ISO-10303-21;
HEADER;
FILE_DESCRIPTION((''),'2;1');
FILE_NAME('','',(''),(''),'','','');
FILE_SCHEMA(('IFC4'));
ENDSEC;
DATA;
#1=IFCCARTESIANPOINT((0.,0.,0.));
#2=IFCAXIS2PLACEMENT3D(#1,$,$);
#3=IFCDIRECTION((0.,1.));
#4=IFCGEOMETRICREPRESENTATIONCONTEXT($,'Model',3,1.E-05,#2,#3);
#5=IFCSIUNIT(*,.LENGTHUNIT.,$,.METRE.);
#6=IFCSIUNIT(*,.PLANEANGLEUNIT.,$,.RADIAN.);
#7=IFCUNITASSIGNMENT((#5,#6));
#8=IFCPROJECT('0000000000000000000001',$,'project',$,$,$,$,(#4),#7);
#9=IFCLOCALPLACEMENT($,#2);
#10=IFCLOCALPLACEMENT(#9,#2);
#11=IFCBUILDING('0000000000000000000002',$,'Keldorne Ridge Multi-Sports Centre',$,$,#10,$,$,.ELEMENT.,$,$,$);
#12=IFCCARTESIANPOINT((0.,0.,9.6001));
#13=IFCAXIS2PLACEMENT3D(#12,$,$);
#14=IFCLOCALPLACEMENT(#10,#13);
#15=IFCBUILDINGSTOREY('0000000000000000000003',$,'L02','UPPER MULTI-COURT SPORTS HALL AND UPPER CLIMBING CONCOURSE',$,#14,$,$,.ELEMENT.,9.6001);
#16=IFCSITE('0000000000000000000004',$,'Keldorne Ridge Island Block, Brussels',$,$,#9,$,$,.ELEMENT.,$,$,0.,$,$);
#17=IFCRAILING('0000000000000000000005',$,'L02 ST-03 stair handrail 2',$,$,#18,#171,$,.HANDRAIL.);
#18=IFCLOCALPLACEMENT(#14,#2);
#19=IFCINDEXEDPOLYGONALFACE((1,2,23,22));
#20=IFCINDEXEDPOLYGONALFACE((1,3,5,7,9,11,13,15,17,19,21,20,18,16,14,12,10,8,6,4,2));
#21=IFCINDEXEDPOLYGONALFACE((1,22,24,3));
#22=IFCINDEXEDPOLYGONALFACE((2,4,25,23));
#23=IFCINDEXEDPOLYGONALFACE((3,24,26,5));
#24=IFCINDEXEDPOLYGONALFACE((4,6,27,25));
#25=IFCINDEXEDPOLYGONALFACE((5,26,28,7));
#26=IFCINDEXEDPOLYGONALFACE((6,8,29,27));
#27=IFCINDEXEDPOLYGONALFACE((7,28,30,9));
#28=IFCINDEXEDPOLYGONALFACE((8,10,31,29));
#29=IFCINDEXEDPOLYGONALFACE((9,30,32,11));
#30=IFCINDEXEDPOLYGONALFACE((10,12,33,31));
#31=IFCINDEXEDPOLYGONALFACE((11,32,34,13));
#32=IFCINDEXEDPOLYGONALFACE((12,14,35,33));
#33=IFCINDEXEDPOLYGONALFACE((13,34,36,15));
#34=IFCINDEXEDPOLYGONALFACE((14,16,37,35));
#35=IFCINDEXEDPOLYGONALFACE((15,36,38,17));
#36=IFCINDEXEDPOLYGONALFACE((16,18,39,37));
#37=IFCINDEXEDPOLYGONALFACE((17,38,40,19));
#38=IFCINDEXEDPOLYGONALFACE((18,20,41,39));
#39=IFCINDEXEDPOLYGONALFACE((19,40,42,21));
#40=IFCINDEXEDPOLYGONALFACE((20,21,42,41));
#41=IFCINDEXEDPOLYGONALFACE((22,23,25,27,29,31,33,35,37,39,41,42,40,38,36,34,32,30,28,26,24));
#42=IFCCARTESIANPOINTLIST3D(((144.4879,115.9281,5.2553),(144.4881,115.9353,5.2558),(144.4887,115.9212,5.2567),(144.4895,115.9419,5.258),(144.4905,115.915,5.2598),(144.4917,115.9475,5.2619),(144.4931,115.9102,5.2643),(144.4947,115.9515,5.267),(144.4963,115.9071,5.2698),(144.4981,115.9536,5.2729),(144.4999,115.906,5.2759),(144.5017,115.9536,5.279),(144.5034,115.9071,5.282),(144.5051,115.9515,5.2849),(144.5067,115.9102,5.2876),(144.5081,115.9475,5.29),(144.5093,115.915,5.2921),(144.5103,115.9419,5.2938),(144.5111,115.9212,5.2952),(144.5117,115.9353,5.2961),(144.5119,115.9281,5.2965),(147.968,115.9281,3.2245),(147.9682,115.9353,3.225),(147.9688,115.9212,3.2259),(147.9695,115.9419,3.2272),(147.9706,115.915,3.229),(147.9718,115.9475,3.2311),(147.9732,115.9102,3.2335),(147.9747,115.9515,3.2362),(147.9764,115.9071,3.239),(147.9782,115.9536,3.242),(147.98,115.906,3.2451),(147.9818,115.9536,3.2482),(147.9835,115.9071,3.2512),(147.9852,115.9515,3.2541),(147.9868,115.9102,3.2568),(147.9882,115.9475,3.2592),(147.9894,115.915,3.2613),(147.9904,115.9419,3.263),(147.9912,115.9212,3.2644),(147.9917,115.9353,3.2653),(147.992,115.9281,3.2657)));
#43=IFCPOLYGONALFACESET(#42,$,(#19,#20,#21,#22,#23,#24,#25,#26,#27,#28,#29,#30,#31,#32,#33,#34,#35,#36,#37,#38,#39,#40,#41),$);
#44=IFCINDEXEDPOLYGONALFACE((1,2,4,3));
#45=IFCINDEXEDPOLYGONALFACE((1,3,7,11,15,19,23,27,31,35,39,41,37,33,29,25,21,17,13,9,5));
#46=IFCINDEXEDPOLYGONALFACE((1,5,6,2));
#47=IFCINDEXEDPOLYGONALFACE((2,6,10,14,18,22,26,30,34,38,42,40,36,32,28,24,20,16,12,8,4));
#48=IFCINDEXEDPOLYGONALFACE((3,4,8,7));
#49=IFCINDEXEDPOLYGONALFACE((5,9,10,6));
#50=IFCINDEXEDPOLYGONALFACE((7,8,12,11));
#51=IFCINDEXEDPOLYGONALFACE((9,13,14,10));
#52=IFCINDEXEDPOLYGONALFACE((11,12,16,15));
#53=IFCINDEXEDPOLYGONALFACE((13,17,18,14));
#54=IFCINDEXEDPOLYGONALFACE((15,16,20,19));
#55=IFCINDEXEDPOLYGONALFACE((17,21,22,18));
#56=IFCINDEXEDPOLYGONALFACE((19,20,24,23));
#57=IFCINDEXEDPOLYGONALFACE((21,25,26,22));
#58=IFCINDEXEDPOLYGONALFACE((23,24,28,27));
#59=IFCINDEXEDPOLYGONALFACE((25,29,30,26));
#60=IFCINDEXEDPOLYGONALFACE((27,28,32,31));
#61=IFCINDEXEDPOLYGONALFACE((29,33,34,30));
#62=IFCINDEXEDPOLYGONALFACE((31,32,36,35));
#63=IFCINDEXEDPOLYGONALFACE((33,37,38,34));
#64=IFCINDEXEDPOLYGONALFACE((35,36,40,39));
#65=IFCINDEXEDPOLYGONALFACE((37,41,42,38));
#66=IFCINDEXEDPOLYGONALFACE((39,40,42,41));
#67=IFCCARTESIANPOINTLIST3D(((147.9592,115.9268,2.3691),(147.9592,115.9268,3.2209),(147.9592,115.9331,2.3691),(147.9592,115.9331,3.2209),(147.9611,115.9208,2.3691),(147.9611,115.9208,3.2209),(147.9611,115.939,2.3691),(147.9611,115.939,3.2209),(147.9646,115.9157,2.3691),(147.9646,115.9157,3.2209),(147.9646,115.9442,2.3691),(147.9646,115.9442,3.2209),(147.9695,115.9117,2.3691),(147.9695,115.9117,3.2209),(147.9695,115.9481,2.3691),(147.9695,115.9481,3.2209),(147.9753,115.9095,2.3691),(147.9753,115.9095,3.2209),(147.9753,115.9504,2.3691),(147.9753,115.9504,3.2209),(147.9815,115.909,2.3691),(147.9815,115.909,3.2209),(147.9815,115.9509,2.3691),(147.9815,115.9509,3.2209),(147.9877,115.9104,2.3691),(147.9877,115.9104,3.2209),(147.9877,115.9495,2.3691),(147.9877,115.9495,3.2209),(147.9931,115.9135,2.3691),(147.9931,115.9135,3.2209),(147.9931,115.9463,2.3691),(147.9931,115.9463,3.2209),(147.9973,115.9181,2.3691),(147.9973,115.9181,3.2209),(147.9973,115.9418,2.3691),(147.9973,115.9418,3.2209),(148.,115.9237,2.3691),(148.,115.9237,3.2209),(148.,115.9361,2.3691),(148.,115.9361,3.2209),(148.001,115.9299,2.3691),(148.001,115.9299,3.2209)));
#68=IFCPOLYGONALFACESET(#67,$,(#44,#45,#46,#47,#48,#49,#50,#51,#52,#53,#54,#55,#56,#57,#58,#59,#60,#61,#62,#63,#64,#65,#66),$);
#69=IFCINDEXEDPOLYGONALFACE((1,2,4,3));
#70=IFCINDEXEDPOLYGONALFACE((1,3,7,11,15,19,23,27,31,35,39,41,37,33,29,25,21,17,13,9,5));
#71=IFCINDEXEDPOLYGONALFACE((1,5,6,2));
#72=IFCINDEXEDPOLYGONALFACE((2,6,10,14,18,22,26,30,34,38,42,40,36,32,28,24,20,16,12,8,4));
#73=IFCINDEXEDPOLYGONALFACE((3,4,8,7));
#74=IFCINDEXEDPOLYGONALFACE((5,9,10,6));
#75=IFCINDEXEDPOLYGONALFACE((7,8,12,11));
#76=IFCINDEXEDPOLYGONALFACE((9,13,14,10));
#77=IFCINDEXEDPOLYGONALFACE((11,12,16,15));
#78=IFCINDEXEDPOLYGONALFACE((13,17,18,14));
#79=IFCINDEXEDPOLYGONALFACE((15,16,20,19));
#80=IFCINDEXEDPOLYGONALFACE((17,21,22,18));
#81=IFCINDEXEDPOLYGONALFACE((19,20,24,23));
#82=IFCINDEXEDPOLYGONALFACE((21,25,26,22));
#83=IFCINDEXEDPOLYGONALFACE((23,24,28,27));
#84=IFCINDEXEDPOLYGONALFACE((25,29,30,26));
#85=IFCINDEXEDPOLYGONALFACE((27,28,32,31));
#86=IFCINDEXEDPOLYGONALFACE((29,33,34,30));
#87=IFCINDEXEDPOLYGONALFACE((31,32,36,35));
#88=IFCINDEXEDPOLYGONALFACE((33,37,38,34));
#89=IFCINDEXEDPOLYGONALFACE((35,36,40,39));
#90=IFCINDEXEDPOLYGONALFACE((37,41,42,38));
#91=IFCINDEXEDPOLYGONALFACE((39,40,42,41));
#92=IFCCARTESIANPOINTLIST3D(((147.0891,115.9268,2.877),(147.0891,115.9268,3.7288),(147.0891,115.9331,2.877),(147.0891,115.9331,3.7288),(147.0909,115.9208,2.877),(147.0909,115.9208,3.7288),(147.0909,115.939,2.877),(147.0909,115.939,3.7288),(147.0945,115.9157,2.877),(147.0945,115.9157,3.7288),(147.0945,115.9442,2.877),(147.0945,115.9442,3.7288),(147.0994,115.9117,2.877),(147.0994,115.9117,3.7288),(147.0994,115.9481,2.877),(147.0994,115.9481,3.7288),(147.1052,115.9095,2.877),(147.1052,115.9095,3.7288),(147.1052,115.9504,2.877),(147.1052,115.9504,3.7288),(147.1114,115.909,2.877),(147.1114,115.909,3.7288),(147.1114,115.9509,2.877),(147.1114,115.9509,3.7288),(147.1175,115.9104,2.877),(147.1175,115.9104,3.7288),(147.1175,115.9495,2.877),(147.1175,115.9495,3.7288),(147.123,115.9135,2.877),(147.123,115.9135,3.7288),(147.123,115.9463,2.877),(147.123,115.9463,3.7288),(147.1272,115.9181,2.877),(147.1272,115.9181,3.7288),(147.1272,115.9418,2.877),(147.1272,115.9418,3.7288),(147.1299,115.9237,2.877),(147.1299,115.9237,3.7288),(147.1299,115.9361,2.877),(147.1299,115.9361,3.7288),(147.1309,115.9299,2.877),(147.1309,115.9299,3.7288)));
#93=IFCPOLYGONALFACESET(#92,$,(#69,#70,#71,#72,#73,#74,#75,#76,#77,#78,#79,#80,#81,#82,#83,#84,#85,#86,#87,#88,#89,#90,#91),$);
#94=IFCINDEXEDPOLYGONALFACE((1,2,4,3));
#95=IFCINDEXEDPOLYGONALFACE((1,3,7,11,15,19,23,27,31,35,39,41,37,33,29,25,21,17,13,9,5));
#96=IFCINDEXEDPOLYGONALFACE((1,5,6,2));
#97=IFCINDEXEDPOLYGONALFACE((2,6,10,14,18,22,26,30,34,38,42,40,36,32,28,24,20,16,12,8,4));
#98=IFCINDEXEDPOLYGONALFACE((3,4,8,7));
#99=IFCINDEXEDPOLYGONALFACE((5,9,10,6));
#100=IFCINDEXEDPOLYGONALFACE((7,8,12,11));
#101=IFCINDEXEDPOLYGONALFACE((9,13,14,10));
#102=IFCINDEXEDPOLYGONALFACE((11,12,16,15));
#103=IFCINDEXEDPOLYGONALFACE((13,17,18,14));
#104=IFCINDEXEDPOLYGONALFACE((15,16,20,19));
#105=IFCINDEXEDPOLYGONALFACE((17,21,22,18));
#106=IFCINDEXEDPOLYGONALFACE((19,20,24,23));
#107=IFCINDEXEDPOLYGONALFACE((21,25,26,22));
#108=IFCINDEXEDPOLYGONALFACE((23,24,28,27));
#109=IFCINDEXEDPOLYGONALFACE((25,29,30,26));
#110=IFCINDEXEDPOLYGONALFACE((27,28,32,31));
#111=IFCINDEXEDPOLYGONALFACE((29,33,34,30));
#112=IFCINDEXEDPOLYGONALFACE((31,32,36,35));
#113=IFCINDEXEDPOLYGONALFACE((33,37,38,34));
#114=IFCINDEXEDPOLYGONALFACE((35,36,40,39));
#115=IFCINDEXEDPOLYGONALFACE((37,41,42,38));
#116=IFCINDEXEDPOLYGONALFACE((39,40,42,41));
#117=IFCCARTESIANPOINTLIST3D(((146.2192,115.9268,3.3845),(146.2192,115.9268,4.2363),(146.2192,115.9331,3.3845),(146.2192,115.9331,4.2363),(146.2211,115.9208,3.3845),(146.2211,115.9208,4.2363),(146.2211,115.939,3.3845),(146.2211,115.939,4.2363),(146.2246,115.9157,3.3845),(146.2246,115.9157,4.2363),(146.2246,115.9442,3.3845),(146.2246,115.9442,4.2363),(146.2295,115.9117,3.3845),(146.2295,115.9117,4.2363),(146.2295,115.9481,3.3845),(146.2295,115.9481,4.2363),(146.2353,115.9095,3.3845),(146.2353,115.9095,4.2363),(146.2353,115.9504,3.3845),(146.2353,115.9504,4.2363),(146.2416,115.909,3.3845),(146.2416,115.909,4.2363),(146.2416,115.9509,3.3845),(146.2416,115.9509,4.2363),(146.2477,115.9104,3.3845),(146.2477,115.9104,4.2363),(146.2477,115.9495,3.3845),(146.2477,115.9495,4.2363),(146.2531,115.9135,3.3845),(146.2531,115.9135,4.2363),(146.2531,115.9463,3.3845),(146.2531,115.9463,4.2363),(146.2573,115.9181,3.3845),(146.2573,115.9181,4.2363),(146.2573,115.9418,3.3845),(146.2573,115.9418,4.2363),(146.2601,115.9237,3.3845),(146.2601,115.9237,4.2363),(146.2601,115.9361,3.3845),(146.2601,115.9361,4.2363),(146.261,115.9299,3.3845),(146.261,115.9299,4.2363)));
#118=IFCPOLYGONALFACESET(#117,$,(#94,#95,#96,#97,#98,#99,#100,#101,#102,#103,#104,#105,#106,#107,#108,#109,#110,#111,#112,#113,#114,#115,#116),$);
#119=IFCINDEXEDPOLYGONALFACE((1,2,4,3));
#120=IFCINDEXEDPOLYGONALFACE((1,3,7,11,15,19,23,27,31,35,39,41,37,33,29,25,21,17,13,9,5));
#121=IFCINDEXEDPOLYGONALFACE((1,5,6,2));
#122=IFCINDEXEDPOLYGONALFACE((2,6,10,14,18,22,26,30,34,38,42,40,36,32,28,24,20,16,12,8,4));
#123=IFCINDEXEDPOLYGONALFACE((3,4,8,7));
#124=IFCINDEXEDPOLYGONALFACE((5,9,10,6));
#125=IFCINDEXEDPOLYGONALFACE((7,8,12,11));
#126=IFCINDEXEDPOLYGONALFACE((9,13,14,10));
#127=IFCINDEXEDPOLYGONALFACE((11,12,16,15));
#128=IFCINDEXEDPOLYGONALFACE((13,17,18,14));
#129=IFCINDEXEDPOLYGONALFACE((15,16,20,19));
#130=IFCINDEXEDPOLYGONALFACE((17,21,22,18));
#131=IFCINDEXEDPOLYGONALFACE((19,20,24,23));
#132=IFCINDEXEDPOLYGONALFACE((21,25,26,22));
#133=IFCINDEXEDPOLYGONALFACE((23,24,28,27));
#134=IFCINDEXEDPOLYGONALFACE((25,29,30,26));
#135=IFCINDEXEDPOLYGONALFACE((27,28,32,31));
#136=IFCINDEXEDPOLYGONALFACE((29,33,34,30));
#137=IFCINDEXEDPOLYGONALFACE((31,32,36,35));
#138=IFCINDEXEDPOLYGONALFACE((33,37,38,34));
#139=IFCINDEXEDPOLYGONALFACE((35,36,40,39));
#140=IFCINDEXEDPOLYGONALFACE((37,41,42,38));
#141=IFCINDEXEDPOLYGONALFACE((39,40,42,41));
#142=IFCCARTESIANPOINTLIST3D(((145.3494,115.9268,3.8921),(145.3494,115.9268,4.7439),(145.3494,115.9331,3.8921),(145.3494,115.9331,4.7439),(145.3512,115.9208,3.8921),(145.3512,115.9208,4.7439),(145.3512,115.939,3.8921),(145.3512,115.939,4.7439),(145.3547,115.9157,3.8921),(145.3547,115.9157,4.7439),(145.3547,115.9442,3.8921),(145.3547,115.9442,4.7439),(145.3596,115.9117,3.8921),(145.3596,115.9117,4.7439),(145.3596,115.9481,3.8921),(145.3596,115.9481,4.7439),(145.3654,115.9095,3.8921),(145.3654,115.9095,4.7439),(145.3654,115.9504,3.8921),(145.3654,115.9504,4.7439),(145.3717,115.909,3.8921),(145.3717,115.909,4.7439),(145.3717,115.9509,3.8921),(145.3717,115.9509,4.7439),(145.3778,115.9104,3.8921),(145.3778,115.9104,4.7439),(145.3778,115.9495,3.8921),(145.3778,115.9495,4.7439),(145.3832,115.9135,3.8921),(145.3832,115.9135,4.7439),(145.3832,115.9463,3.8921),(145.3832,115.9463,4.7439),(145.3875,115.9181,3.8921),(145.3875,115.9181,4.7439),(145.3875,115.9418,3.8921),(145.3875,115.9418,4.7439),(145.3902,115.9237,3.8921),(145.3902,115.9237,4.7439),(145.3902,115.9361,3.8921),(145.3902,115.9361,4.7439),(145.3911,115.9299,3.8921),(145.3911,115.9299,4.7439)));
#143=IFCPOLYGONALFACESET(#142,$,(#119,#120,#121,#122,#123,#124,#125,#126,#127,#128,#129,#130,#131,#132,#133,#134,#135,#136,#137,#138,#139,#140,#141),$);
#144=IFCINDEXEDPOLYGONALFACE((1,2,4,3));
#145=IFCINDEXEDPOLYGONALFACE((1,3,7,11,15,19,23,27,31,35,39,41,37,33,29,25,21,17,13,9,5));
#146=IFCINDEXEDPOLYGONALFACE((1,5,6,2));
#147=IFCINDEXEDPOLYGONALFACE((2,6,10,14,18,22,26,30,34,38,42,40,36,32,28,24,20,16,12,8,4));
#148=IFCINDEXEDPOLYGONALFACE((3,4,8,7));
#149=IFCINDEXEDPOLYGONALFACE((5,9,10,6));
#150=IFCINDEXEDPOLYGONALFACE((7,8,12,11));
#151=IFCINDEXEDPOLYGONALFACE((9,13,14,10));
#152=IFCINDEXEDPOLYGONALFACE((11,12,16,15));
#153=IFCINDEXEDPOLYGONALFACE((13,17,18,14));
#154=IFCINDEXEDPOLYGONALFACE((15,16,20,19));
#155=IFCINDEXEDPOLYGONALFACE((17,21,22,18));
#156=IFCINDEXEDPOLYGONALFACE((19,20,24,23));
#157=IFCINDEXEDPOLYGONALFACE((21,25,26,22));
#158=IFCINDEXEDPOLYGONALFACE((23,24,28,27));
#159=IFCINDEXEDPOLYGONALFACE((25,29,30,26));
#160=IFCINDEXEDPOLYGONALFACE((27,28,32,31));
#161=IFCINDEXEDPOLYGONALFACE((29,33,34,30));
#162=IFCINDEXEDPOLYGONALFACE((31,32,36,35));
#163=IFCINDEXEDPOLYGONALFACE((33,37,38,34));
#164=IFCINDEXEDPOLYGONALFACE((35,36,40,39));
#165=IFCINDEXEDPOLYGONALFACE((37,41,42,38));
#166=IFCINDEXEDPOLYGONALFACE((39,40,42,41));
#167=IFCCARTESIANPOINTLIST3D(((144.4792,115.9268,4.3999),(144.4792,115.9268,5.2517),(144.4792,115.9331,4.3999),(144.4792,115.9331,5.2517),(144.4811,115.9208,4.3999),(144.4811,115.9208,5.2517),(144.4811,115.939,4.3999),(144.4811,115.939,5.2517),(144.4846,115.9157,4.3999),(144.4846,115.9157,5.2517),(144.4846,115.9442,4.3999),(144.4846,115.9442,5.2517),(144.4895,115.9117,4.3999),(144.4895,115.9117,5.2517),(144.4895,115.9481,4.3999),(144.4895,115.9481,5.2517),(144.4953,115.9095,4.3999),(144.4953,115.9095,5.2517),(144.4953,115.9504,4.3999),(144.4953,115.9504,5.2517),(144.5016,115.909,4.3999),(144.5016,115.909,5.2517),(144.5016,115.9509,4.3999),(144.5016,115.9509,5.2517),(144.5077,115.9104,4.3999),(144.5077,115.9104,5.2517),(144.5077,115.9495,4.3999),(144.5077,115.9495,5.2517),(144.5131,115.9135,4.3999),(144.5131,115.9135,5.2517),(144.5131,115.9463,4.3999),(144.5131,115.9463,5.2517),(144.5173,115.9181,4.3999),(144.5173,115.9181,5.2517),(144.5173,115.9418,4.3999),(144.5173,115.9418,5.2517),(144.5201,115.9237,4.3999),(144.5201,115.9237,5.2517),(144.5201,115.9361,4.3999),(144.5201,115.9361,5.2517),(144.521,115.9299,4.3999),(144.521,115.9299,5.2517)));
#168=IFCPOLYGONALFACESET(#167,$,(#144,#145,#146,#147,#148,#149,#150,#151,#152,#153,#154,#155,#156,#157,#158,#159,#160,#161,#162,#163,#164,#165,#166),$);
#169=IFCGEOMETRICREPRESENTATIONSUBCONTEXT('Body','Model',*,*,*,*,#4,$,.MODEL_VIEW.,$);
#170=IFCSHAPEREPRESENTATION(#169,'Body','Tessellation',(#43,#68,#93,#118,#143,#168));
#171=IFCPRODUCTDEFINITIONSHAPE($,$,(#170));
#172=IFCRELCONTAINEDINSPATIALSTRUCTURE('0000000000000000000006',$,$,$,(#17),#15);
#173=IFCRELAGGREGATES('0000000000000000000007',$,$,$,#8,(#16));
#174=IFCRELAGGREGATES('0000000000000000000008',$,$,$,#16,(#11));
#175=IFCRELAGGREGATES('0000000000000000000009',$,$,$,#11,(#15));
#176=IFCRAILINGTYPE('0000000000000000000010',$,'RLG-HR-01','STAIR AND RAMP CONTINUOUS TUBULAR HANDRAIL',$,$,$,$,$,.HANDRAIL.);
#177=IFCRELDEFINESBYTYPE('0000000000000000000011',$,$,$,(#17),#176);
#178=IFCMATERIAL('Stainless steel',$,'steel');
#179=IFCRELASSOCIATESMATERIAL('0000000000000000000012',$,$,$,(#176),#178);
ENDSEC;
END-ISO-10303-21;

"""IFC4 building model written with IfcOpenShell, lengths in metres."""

from ifc_helpers import new_model, si_unit, direction, frame, origin, origin_2d, place, context, subcontext, project, spatial, circle, extrude, material, type_object, element, save


model = new_model("IFC4")

# Units and contexts
model_context = context("Model", 3, precision=1e-05, world=origin(), true_north=direction((0.0, 1.0)))
body_context = subcontext(model_context, "Body", "Model", "MODEL_VIEW")
ifc_project = project(units=[si_unit("LENGTHUNIT", "METRE"), si_unit("PLANEANGLEUNIT", "RADIAN")], contexts=[model_context])

# Site, building, storey
site_placement = place(None, origin())
site = spatial("IfcSite", under=ifc_project, at=site_placement, Name="Keldorne Ridge Island Block, Brussels", CompositionType="ELEMENT", RefElevation=0.0)
building_placement = place(site_placement, origin())
building = spatial("IfcBuilding", under=site, at=building_placement, Name="Keldorne Ridge Multi-Sports Centre", CompositionType="ELEMENT")
storey_placement = place(building_placement, frame((0.0, 0.0, 9.6001)))
storey = spatial("IfcBuildingStorey", under=building, at=storey_placement, Name="L02", Description="UPPER MULTI-COURT SPORTS HALL AND UPPER CLIMBING CONCOURSE", CompositionType="ELEMENT", Elevation=9.6001)

# Railing
ifc_material_1 = material(Name="Stainless steel", Category="steel")
railing_type_1 = type_object("IfcRailingType", Name="RLG-HR-01", Description="STAIR AND RAMP CONTINUOUS TUBULAR HANDRAIL", PredefinedType="HANDRAIL", material=ifc_material_1)
railing_1_placement = place(storey_placement, frame((147.98, 115.9299, 2.3691)))
element("IfcRailing", 1, at=railing_1_placement, inside=storey, type_object=railing_type_1, Name="L02 ST-03 stair handrail 2", PredefinedType="HANDRAIL", context=body_context, shape_type="SweptSolid", body=[
    extrude(circle(Radius=0.0239, at=origin_2d()), frame((0.0, 0.0, 0.876), z_axis=(-0.863695, 0.0, 0.504014), x_axis=(0.0, -1.0, 0.0)), (0.0, 0.0, 1.0), 4.0293),
    extrude(circle(Radius=0.021, at=origin_2d()), origin(), (0.0, 0.0, 1.0), 0.8518),
    extrude(circle(Radius=0.021, at=origin_2d()), frame((-0.8701, 0.0, 0.5078)), (0.0, 0.0, 1.0), 0.8518),
    extrude(circle(Radius=0.021, at=origin_2d()), frame((-1.74, 0.0, 1.0154)), (0.0, 0.0, 1.0), 0.8518),
    extrude(circle(Radius=0.021, at=origin_2d()), frame((-2.6099, 0.0, 1.5229)), (0.0, 0.0, 1.0), 0.8518),
    extrude(circle(Radius=0.021, at=origin_2d()), frame((-3.48, 0.0, 2.0308)), (0.0, 0.0, 1.0), 0.8518),
])

save(model, "model.ifc")
